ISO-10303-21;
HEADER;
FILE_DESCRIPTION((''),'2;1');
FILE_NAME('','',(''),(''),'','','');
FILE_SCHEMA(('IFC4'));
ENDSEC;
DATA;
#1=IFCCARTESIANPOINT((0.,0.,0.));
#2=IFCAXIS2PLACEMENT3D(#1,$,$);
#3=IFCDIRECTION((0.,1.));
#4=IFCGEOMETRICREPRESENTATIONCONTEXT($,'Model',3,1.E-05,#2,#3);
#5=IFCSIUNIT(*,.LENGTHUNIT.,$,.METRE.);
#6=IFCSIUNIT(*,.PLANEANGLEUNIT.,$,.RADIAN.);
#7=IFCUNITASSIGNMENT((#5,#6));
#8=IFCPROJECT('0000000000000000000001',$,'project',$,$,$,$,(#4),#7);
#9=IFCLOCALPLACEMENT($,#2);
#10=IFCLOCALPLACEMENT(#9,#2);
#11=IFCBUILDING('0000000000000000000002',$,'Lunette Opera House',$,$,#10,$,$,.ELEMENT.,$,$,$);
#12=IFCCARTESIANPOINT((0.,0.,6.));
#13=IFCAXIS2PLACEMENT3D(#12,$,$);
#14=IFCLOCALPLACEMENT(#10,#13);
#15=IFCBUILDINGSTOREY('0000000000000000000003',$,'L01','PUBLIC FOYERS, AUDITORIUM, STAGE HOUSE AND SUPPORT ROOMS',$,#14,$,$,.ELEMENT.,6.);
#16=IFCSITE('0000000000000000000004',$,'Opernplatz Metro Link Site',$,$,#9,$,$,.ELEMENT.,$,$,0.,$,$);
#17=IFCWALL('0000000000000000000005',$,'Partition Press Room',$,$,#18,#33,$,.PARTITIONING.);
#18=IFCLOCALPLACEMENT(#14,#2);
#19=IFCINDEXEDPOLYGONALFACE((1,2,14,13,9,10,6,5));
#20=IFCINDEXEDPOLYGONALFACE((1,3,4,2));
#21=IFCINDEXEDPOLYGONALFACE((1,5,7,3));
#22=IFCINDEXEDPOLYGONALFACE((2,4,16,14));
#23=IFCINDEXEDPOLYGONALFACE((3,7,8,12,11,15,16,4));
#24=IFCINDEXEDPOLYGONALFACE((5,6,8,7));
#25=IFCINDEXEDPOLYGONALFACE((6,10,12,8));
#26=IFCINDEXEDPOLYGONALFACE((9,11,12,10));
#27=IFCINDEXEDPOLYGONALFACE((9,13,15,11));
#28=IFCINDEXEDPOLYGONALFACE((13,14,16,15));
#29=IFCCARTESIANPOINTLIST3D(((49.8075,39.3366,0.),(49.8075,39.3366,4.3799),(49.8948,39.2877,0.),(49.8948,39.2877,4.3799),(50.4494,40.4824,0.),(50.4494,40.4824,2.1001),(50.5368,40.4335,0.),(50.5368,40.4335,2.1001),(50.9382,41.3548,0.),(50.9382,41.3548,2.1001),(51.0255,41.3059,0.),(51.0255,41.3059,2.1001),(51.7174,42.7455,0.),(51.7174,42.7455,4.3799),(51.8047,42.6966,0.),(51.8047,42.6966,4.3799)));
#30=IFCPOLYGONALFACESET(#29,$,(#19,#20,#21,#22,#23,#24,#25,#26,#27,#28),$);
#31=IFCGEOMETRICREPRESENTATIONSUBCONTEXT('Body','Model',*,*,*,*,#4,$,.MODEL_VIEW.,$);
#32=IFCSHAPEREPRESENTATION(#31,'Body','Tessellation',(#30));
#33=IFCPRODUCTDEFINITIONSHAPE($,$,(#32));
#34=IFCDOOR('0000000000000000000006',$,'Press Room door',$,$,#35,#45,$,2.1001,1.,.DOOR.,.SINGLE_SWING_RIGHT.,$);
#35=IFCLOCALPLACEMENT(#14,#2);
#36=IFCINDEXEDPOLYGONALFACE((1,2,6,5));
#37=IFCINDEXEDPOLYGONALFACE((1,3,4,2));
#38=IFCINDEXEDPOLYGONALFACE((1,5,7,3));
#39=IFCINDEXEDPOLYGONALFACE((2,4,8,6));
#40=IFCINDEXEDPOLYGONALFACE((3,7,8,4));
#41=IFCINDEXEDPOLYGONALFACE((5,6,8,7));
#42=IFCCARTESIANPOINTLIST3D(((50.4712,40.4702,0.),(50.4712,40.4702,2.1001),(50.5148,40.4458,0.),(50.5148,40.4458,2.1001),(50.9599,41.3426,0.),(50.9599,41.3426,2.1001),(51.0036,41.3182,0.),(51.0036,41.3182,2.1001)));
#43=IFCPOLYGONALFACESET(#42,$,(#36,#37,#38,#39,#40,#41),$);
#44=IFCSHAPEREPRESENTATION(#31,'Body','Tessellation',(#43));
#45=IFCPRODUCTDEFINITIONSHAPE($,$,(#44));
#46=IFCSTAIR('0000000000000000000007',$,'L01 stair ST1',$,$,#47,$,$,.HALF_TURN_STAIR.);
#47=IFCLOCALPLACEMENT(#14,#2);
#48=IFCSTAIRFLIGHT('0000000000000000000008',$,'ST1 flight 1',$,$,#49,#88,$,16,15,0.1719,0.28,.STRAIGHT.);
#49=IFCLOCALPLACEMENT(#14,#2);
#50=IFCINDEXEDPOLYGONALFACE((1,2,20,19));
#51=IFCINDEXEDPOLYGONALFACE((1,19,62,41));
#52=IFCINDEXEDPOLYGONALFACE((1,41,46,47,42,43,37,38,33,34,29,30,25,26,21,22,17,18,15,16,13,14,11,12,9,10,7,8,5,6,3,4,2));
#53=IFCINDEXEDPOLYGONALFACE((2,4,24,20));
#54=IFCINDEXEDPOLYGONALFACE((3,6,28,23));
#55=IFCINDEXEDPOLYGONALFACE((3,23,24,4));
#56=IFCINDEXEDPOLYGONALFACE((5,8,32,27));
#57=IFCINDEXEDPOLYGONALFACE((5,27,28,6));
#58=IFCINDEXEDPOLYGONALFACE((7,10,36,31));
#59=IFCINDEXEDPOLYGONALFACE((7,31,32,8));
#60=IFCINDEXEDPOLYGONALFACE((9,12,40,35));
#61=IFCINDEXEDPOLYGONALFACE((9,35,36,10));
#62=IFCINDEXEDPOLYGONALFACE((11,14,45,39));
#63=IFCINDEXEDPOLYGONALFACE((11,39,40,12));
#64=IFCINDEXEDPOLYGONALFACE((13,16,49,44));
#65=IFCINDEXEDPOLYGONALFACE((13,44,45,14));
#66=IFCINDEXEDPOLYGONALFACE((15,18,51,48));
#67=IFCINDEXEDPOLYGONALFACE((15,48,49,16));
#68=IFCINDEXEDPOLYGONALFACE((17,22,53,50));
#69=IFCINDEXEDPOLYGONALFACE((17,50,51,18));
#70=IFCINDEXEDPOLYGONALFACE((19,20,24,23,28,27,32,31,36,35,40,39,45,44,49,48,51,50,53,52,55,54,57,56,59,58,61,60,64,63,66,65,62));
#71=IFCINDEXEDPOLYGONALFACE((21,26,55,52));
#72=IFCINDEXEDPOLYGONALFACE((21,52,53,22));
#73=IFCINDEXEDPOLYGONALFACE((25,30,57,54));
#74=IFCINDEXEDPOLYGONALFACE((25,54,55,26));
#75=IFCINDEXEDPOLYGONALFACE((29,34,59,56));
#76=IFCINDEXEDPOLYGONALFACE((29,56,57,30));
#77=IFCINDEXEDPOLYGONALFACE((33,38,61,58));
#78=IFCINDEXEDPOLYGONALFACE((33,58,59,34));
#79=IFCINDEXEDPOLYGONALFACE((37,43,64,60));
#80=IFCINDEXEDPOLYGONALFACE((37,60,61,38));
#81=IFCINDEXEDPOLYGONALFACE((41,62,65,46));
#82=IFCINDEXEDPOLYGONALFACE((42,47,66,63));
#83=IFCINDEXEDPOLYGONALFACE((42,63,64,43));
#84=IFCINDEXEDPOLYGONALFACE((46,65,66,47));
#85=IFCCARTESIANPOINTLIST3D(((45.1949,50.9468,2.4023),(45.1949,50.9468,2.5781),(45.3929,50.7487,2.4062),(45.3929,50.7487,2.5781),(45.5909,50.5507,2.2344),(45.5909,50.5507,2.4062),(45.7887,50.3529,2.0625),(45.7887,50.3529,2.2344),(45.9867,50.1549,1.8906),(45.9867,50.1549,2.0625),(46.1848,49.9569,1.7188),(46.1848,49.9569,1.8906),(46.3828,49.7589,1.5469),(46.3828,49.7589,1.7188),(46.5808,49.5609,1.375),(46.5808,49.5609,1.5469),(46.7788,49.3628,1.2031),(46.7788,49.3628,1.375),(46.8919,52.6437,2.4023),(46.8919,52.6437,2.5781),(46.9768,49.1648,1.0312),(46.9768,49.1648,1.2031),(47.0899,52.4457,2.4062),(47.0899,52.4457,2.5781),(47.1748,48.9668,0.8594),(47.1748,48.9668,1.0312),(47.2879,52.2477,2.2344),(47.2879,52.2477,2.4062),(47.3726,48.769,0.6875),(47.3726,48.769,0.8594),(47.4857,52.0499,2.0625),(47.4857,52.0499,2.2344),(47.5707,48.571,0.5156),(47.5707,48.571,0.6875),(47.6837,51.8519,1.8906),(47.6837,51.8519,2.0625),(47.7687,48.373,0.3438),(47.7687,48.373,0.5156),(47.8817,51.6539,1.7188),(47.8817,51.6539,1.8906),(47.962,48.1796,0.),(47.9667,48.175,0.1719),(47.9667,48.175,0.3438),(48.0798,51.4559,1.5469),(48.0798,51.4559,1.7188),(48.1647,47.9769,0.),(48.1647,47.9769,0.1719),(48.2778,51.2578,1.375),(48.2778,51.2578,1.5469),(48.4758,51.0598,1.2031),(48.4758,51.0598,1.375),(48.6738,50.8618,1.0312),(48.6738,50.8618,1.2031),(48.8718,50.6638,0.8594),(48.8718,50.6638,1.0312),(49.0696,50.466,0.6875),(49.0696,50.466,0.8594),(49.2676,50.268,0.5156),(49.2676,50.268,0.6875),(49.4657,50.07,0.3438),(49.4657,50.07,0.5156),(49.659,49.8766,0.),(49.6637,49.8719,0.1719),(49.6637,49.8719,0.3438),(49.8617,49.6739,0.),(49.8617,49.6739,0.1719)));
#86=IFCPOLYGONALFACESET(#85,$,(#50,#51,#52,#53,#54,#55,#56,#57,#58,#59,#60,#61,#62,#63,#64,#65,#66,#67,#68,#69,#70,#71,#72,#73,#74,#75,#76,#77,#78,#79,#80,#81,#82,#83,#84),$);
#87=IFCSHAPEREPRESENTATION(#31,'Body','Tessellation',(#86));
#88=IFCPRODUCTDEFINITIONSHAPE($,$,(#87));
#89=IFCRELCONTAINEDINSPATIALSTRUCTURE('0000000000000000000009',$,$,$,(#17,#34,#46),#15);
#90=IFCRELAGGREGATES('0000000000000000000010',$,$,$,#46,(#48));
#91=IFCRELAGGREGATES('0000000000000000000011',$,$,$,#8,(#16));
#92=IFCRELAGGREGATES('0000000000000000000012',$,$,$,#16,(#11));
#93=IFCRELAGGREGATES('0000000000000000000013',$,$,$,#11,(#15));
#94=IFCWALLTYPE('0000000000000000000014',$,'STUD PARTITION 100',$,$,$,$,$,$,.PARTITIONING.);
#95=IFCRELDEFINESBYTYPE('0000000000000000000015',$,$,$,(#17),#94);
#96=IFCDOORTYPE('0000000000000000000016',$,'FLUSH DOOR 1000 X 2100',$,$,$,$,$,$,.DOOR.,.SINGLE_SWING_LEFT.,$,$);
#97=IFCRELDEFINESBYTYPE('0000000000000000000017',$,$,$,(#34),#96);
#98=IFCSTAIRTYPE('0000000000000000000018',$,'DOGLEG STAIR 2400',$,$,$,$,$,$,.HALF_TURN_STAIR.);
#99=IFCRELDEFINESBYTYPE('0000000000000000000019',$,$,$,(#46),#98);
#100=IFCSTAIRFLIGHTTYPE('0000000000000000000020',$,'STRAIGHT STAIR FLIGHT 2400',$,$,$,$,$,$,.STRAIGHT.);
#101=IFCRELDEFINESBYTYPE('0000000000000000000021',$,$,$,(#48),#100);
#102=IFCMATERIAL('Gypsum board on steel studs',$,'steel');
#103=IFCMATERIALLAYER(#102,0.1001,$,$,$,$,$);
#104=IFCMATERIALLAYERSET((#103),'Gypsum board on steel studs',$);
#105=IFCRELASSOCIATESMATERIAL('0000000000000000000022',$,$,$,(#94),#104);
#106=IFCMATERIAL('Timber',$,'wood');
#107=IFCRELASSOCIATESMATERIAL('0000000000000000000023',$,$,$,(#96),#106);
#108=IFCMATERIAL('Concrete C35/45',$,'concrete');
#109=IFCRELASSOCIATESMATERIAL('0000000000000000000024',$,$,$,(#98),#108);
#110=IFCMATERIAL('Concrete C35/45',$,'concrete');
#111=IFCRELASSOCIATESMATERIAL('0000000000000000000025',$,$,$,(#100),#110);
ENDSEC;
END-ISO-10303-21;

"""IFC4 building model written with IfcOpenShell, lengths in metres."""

from ifc_helpers import new_model, si_unit, direction, frame, frame_2d, origin, place, context, subcontext, project, spatial, polyline, rectangle, outline, extrude, material, layer, layer_set, type_object, element, fill, aggregate, save


model = new_model("IFC4")

# Units and contexts
model_context = context("Model", 3, precision=1e-05, world=origin(), true_north=direction((0.0, 1.0)))
body_context = subcontext(model_context, "Body", "Model", "MODEL_VIEW")
ifc_project = project(units=[si_unit("LENGTHUNIT", "METRE"), si_unit("PLANEANGLEUNIT", "RADIAN")], contexts=[model_context])

# Site, building, storey
site_placement = place(None, origin())
site = spatial("IfcSite", under=ifc_project, at=site_placement, Name="Opernplatz Metro Link Site", CompositionType="ELEMENT", RefElevation=0.0)
building_placement = place(site_placement, origin())
building = spatial("IfcBuilding", under=site, at=building_placement, Name="Lunette Opera House", CompositionType="ELEMENT")
storey_placement = place(building_placement, frame((0.0, 0.0, 6.0)))
storey = spatial("IfcBuildingStorey", under=building, at=storey_placement, Name="L01", Description="PUBLIC FOYERS, AUDITORIUM, STAGE HOUSE AND SUPPORT ROOMS", CompositionType="ELEMENT", Elevation=6.0)

# Wall, opening, door
ifc_material_1 = material(Name="Gypsum board on steel studs", Category="steel")
ifc_layer_1 = layer(ifc_material_1, 0.1001)
ifc_layer_set_1 = layer_set([ifc_layer_1], Name="Gypsum board on steel studs")
wall_type_1 = type_object("IfcWallType", Name="STUD PARTITION 100", PredefinedType="PARTITIONING", material=ifc_layer_set_1)
wall_1_placement = place(storey_placement, frame((51.761, 42.7209, 0.0), z_axis=(0.0, 0.0, 1.0), x_axis=(-0.48878, -0.872407, 0.0)))
wall_1 = element("IfcWall", 1, at=wall_1_placement, inside=storey, type_object=wall_type_1, Name="Partition Press Room", PredefinedType="PARTITIONING", context=body_context, shape_type="SweptSolid", body=[
    extrude(rectangle(XDim=3.9075, YDim=0.1001, at=frame_2d((1.9536, 0.0))), origin(), (0.0, 0.0, 1.0), 4.3799),
])
opening_1_placement = place(wall_1_placement, frame((1.594, 0.0, 0.0)))
opening_1 = element("IfcOpeningElement", 2, at=opening_1_placement, cuts=wall_1, PredefinedType="OPENING", context=body_context, shape_type="SweptSolid", body=[
    extrude(rectangle(XDim=1.0, YDim=2.1001, at=frame_2d((0.5, 1.05))), frame((0.0, 0.062, 0.0), z_axis=(0.0, -1.0, 0.0), x_axis=(1.0, 0.0, 0.0)), (0.0, 0.0, 1.0), 0.124),
])
ifc_material_2 = material(Name="Timber", Category="wood")
door_type_1 = type_object("IfcDoorType", Name="FLUSH DOOR 1000 X 2100", OperationType="SINGLE_SWING_LEFT", PredefinedType="DOOR", material=ifc_material_2)
door_1_placement = place(opening_1_placement, origin())
door_1 = element("IfcDoor", 3, at=door_1_placement, inside=storey, type_object=door_type_1, Name="Press Room door", OperationType="SINGLE_SWING_RIGHT", OverallHeight=2.1001, OverallWidth=1.0, PredefinedType="DOOR", context=body_context, shape_type="SweptSolid", body=[
    extrude(rectangle(XDim=1.0, YDim=2.1001, at=frame_2d((0.5, 1.05))), frame((0.0, 0.0249, 0.0), z_axis=(0.0, -1.0, 0.0), x_axis=(1.0, 0.0, 0.0)), (0.0, 0.0, 1.0), 0.05),
])
fill(opening_1, door_1)

# Stair, stair flight
ifc_material_3 = material(Name="Concrete C35/45", Category="concrete")
stair_type = type_object("IfcStairType", Name="DOGLEG STAIR 2400", PredefinedType="HALF_TURN_STAIR", material=ifc_material_3)
stair_placement = place(storey_placement, origin())
stair = element("IfcStair", 4, at=stair_placement, inside=storey, type_object=stair_type, Name="L01 stair ST1", PredefinedType="HALF_TURN_STAIR")
ifc_material_4 = material(Name="Concrete C35/45", Category="concrete")
stair_flight_type = type_object("IfcStairFlightType", Name="STRAIGHT STAIR FLIGHT 2400", PredefinedType="STRAIGHT", material=ifc_material_4)
stair_flight_placement = place(storey_placement, frame((49.0132, 48.8254, 0.0), z_axis=(0.0, 0.0, 1.0), x_axis=(-0.707107, 0.707107, 0.0)))
stair_flight = element("IfcStairFlight", 5, at=stair_flight_placement, type_object=stair_flight_type, Name="ST1 flight 1", NumberOfRisers=16, NumberOfTreads=15, PredefinedType="STRAIGHT", RiserHeight=0.1719, TreadLength=0.28, context=body_context, shape_type="SweptSolid", body=[
    extrude(outline(polyline([(0.0, 0.0), (0.0, 0.1719), (0.28, 0.1719), (0.28, 0.3438), (0.5601, 0.3438), (0.5601, 0.5156), (0.8401, 0.5156), (0.8401, 0.6875), (1.1201, 0.6875), (1.1201, 0.8594), (1.3999, 0.8594), (1.3999, 1.0312), (1.6799, 1.0312), (1.6799, 1.2031), (1.96, 1.2031), (1.96, 1.375), (2.24, 1.375), (2.24, 1.5469), (2.52, 1.5469), (2.52, 1.7188), (2.8, 1.7188), (2.8, 1.8906), (3.0801, 1.8906), (3.0801, 2.0625), (3.3601, 2.0625), (3.3601, 2.2344), (3.6399, 2.2344), (3.6399, 2.4062), (3.9199, 2.4062), (3.9199, 2.5781), (4.2, 2.5781), (4.2, 2.75), (4.2, 2.4023), (0.2866, 0.0), (0.0, 0.0)])), frame((0.0, 1.2, 0.0), z_axis=(0.0, -1.0, 0.0), x_axis=(1.0, 0.0, 0.0)), (0.0, 0.0, 1.0), 2.3999),
])
aggregate(stair, [stair_flight])

save(model, "model.ifc")
